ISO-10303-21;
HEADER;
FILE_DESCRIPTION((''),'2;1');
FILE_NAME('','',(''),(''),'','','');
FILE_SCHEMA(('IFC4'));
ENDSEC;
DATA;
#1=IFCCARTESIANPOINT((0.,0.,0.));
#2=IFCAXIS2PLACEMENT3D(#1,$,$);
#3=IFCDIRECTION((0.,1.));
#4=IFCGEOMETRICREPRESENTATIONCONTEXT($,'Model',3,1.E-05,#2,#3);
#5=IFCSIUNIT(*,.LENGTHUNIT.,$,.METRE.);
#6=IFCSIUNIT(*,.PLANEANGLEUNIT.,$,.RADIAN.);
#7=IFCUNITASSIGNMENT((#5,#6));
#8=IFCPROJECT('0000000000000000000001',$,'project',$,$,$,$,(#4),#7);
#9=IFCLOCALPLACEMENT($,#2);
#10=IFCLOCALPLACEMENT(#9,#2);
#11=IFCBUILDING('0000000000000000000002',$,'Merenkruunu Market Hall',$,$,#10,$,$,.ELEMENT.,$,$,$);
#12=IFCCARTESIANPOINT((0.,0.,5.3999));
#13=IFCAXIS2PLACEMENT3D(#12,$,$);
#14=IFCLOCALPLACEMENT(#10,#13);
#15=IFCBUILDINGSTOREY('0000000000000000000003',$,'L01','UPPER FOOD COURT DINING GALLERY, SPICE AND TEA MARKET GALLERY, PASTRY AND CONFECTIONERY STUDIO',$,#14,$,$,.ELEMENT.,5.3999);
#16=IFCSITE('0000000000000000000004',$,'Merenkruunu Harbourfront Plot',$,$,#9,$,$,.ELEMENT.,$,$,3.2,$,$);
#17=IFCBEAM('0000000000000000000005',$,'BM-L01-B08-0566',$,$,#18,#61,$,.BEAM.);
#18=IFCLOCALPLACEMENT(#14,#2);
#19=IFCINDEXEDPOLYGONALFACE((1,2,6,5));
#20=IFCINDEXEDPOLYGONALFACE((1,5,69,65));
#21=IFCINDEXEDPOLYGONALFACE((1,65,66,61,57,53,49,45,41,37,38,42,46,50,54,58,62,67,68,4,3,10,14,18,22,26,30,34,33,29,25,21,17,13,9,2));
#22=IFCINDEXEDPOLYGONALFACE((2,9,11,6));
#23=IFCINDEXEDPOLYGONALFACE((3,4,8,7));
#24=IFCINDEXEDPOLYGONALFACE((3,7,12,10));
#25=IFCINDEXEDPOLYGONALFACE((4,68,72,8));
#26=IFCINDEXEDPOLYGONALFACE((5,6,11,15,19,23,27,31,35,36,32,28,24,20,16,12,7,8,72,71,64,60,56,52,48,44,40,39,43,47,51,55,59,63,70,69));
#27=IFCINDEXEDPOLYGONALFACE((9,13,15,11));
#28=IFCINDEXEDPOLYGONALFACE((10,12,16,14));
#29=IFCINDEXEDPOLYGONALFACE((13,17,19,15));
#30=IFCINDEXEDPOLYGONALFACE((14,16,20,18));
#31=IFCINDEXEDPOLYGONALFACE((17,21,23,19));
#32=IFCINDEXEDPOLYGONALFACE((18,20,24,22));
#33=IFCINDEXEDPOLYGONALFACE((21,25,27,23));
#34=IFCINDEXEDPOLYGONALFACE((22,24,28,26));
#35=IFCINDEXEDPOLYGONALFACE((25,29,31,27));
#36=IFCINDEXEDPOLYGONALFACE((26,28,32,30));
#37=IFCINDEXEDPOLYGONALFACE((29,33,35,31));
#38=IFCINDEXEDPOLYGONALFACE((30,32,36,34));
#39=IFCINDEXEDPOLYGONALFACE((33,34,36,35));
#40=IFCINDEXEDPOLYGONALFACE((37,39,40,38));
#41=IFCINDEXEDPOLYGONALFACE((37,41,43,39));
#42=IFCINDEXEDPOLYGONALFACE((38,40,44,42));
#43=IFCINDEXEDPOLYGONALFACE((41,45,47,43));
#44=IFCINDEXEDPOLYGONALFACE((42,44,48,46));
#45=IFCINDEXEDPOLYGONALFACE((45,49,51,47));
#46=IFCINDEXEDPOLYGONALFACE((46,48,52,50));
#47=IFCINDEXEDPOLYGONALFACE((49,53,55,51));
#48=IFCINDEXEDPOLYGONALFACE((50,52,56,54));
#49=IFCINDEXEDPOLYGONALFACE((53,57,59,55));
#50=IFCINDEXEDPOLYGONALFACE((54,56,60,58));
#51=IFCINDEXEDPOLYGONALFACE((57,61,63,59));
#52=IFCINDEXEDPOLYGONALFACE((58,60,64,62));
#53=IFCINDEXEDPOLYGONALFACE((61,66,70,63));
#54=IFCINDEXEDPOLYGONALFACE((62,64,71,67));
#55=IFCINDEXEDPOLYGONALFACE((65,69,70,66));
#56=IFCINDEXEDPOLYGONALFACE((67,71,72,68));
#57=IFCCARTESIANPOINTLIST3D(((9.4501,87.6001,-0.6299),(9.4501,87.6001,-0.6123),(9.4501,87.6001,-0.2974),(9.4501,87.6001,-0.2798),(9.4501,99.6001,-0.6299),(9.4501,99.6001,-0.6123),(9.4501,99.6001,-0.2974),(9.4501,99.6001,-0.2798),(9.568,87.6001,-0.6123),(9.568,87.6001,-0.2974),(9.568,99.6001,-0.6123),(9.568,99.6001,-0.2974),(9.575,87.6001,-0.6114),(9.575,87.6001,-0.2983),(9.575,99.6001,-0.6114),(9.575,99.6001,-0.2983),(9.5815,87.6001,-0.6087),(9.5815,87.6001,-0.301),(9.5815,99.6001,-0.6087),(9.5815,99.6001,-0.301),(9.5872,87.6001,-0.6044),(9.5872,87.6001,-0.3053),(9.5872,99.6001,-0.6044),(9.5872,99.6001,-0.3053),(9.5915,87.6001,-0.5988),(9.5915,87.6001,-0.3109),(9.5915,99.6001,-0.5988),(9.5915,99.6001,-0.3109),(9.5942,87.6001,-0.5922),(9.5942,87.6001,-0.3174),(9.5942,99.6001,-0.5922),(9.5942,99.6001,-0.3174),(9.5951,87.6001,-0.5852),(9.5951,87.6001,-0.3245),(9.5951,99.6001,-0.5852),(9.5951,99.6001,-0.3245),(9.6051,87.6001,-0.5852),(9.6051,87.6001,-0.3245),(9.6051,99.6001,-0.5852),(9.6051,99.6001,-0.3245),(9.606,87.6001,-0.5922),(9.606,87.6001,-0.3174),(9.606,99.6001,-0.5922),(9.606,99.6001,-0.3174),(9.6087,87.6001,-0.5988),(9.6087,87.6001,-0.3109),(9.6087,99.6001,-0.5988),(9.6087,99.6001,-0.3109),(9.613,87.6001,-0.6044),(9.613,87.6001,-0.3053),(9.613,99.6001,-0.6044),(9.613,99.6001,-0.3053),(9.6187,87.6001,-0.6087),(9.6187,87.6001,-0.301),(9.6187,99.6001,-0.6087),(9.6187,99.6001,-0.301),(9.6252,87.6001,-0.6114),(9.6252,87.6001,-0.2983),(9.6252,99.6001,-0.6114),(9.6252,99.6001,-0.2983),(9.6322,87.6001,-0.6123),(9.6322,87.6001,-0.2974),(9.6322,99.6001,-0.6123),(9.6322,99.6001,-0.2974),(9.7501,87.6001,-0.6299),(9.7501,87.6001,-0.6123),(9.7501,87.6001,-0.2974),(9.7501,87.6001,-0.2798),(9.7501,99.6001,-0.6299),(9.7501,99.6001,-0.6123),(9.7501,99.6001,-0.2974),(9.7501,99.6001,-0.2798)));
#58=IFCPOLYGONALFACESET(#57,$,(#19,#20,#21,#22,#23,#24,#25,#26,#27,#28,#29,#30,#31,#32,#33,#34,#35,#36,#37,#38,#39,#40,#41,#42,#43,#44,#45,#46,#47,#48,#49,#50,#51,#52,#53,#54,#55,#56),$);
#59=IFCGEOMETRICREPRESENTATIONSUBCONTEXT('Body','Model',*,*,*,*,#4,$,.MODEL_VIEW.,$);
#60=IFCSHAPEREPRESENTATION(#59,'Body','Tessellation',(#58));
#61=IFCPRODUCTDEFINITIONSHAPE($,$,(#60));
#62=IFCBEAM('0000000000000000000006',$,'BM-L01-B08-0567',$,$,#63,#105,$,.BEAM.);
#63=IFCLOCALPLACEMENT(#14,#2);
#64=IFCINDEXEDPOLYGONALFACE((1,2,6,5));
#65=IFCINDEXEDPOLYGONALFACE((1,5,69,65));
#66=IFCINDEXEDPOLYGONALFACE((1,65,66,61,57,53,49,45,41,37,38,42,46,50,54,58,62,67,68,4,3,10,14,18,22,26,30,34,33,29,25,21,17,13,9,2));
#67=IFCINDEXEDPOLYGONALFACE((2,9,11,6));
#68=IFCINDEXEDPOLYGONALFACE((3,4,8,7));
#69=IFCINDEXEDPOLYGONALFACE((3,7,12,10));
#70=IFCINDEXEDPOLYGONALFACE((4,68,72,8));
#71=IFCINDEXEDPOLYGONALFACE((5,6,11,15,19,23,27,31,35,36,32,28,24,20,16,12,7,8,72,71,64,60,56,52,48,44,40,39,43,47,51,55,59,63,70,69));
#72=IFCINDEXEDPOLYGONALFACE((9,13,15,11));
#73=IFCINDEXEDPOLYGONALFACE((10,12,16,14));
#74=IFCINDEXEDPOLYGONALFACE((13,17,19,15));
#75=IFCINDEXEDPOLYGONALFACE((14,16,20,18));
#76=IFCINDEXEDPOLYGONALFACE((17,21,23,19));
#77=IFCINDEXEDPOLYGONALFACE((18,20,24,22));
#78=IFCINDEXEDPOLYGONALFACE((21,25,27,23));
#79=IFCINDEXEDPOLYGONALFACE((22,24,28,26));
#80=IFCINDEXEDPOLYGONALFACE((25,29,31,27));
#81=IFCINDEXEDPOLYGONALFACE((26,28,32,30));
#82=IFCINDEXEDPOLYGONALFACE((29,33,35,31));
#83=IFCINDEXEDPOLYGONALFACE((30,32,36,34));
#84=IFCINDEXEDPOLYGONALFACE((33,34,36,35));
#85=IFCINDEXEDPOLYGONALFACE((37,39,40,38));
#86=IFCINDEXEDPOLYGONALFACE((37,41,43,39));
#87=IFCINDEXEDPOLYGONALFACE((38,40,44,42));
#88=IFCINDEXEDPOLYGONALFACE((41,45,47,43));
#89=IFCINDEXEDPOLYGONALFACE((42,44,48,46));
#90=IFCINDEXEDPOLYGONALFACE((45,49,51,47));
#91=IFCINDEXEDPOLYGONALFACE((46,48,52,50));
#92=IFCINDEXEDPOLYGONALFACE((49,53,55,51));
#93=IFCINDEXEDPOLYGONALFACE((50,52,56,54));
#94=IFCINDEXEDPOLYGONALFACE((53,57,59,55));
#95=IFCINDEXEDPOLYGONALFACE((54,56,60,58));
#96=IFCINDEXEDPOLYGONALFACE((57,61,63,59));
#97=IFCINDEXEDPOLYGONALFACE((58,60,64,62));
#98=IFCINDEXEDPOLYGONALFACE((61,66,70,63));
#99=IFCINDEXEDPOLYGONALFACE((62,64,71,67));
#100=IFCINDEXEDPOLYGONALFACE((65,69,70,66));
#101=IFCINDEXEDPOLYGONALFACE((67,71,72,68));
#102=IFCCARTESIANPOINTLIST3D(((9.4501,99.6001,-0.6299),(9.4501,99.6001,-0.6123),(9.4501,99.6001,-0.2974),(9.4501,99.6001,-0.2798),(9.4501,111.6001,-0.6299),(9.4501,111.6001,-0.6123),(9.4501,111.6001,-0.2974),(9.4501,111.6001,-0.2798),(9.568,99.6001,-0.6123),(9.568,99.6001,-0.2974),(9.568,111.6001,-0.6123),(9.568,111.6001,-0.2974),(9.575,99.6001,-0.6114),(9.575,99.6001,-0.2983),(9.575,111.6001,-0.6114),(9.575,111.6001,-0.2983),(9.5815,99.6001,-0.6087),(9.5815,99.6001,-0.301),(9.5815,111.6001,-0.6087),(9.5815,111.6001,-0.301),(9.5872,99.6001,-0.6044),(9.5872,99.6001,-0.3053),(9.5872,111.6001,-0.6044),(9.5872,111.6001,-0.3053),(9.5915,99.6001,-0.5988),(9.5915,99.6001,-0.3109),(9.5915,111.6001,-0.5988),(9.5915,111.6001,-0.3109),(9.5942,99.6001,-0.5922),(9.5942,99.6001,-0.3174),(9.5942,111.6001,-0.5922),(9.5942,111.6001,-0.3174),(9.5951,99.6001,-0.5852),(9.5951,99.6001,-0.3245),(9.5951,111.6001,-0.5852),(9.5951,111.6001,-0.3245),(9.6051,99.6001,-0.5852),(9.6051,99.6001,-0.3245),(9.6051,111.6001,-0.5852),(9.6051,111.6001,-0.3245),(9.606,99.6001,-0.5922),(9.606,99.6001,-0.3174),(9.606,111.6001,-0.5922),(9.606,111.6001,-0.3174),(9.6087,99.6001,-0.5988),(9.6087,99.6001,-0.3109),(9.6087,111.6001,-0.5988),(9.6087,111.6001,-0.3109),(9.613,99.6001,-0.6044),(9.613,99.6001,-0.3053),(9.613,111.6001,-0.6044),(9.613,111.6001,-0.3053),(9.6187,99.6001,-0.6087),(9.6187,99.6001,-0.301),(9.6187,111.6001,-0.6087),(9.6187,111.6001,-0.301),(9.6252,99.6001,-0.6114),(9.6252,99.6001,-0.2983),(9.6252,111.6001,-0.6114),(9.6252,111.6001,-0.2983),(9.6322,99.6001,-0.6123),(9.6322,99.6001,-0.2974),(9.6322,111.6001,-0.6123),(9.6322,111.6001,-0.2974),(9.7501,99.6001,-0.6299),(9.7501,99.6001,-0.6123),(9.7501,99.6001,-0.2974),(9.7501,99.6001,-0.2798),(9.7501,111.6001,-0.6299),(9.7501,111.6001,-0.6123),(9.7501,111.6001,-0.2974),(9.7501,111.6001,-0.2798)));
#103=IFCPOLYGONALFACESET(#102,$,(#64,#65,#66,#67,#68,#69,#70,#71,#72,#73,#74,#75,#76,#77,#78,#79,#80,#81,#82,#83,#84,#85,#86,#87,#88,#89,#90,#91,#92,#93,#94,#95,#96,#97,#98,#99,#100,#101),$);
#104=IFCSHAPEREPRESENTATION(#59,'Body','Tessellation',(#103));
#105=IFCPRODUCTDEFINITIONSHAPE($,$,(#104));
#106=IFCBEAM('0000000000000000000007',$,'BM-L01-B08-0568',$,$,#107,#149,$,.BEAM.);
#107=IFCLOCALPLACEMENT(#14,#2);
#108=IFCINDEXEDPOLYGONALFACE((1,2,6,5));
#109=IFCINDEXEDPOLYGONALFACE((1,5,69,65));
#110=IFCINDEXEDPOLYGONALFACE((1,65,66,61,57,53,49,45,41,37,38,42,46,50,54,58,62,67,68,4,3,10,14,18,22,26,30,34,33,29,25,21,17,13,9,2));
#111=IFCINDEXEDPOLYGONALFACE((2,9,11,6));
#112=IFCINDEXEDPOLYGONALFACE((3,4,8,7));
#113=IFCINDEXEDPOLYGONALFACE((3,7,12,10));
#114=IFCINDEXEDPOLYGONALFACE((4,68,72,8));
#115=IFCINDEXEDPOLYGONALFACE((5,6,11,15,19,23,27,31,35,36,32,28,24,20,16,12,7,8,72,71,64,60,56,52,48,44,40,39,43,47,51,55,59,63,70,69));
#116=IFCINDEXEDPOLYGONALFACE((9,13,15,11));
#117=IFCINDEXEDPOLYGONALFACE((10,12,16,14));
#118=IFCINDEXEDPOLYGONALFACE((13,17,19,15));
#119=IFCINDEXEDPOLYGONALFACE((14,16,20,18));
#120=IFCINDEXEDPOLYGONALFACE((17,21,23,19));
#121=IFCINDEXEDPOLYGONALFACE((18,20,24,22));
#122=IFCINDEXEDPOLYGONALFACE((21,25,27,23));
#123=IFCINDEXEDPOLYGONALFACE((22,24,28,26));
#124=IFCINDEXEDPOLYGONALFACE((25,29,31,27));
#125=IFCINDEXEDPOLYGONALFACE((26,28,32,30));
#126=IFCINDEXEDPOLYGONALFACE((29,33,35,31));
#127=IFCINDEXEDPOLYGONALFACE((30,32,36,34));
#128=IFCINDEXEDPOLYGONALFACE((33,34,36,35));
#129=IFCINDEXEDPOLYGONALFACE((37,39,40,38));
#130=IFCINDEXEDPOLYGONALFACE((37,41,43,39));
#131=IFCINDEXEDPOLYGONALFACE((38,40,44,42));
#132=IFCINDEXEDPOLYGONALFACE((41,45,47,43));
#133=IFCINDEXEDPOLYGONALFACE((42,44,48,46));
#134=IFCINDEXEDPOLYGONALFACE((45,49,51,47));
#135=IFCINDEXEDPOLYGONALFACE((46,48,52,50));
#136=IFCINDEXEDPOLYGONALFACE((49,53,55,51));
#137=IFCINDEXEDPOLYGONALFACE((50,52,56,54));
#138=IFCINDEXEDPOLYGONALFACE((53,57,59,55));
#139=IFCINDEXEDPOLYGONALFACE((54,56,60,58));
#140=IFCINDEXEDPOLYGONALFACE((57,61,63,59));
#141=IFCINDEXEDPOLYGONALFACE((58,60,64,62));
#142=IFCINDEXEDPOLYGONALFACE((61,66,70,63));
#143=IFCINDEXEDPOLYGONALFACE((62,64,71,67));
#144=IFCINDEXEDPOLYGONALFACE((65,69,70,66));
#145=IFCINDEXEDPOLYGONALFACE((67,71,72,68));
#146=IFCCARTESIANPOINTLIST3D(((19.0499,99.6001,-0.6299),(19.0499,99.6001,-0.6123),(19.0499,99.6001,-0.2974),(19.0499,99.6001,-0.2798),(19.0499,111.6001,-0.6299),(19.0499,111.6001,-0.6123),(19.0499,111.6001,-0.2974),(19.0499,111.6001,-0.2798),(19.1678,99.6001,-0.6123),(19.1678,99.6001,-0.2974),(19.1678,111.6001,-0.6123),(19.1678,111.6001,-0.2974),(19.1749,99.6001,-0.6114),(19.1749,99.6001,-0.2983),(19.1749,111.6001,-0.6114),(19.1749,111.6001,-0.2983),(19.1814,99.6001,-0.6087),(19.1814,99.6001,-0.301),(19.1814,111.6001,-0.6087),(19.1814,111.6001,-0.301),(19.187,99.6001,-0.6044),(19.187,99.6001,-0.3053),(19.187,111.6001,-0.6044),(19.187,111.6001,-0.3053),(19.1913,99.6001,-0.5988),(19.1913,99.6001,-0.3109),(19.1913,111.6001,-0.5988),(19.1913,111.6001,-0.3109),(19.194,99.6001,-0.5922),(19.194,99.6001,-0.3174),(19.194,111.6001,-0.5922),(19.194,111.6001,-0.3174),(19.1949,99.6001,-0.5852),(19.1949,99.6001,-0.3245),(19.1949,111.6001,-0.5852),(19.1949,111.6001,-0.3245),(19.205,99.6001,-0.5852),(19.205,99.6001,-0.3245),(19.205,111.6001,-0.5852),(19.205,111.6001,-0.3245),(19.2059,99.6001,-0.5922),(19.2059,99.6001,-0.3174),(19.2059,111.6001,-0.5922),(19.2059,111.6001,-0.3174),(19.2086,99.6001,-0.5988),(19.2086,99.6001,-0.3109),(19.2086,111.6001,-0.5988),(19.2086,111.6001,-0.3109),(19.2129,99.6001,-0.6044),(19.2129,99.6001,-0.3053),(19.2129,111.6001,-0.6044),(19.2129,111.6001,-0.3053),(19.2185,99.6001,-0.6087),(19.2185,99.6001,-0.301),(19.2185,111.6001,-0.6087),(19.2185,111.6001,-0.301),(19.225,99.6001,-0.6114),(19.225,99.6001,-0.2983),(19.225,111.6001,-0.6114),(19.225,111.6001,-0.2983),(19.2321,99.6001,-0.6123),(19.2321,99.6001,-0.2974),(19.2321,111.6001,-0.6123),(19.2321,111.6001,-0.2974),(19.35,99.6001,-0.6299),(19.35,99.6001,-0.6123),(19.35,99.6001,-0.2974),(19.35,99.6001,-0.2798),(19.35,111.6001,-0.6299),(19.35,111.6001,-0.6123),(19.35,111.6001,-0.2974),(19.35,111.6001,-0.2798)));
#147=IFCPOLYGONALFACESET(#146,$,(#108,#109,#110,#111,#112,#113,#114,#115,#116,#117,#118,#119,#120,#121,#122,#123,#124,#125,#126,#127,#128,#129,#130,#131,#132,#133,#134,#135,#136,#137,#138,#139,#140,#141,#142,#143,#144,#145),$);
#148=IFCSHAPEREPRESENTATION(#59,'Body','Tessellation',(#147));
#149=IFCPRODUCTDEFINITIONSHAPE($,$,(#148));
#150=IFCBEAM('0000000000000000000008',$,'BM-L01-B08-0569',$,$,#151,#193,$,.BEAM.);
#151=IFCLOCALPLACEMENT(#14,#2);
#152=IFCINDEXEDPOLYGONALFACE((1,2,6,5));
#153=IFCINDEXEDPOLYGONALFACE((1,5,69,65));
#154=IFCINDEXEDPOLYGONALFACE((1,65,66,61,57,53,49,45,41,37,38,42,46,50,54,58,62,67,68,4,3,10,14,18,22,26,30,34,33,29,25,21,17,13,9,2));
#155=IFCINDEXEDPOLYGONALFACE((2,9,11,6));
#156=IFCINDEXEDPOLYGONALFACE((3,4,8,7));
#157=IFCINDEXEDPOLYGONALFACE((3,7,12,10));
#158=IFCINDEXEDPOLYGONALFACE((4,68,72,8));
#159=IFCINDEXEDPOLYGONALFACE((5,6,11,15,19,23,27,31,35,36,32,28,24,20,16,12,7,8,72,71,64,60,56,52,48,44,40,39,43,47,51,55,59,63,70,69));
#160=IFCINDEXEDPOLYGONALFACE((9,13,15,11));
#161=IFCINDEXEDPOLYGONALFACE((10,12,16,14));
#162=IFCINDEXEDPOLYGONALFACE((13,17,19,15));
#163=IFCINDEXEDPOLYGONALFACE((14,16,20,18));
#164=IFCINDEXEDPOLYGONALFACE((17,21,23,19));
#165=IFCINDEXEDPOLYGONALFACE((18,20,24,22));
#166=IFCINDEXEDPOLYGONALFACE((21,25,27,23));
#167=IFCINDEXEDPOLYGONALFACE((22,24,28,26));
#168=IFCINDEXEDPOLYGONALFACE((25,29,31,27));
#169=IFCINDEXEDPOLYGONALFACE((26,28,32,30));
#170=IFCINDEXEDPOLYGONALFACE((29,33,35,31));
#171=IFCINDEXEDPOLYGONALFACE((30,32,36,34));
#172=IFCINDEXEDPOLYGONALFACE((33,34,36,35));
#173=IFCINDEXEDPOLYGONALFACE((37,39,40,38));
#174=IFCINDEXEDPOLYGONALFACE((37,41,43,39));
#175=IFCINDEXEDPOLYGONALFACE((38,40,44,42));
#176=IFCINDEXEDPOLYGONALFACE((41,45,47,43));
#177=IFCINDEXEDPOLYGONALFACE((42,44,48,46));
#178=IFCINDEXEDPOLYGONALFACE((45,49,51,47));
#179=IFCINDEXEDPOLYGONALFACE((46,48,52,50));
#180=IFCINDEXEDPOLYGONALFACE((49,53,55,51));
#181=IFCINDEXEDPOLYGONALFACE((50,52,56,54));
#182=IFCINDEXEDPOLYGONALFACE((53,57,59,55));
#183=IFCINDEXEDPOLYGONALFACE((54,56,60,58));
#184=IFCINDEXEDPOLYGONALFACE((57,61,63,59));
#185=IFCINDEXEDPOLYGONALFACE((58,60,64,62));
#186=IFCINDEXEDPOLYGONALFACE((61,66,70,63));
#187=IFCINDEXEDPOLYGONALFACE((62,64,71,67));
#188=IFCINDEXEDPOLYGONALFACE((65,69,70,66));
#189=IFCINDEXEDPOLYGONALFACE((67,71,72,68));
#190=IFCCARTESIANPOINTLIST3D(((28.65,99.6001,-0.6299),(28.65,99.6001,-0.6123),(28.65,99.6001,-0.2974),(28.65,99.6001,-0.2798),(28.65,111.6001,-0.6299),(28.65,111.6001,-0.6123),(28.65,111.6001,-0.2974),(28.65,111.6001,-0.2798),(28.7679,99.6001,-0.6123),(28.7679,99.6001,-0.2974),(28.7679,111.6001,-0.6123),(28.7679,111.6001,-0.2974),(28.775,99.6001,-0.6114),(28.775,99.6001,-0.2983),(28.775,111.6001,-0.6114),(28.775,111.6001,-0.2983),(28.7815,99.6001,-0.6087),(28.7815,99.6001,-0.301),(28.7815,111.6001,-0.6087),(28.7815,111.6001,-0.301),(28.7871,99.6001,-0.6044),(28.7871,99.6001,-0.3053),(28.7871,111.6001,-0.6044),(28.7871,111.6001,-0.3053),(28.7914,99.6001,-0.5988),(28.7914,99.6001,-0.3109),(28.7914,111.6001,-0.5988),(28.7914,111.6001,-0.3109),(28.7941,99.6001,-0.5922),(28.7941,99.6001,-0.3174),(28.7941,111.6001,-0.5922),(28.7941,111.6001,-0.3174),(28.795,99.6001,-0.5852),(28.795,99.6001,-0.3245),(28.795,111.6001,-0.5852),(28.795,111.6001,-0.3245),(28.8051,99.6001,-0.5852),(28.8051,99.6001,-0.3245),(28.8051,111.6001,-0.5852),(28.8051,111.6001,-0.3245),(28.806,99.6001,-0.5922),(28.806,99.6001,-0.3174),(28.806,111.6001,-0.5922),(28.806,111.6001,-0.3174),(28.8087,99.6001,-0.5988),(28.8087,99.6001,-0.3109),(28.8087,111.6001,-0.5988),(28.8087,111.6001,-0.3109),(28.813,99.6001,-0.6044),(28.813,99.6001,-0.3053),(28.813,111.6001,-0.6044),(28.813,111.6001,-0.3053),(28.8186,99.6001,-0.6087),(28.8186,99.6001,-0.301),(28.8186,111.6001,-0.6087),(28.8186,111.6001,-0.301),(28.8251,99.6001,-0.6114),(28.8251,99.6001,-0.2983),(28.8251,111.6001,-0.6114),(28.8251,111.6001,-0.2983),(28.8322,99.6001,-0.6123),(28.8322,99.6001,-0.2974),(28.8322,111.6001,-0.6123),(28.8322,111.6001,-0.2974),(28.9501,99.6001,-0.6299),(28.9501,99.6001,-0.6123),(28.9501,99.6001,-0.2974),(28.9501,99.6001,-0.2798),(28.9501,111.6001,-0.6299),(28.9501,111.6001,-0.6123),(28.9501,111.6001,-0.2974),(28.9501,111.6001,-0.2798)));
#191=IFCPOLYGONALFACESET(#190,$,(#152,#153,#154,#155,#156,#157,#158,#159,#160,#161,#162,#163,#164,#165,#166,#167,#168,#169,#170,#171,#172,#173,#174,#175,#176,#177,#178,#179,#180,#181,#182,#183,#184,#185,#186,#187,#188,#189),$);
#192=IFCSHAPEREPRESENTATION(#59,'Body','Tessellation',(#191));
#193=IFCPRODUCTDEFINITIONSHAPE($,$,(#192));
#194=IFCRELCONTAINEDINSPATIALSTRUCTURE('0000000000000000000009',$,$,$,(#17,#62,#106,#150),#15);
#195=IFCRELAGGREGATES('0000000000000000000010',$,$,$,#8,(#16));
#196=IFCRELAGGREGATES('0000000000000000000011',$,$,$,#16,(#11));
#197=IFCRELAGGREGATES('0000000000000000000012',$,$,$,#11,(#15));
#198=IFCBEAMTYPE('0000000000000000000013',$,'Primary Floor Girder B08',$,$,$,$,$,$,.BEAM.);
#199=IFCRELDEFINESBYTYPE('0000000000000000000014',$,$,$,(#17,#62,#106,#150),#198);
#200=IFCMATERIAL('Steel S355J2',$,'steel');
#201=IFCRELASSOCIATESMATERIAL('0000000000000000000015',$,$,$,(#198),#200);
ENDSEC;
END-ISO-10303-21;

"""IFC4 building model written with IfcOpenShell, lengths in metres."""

from ifc_helpers import new_model, si_unit, direction, frame, origin, origin_2d, place, context, subcontext, project, spatial, i_section, extrude, material, material_profile, profile_set, type_object, element, save


model = new_model("IFC4")

# Units and contexts
model_context = context("Model", 3, precision=1e-05, world=origin(), true_north=direction((0.0, 1.0)))
body_context = subcontext(model_context, "Body", "Model", "MODEL_VIEW")
ifc_project = project(units=[si_unit("LENGTHUNIT", "METRE"), si_unit("PLANEANGLEUNIT", "RADIAN")], contexts=[model_context])

# Site, building, storey
site_placement = place(None, origin())
site = spatial("IfcSite", under=ifc_project, at=site_placement, Name="Merenkruunu Harbourfront Plot", CompositionType="ELEMENT", RefElevation=3.2)
building_placement = place(site_placement, origin())
building = spatial("IfcBuilding", under=site, at=building_placement, Name="Merenkruunu Market Hall", CompositionType="ELEMENT")
storey_placement = place(building_placement, frame((0.0, 0.0, 5.3999)))
storey = spatial("IfcBuildingStorey", under=building, at=storey_placement, Name="L01", Description="UPPER FOOD COURT DINING GALLERY, SPICE AND TEA MARKET GALLERY, PASTRY AND CONFECTIONERY STUDIO", CompositionType="ELEMENT", Elevation=5.3999)

# Shared definitions
ifc_material_1 = material(Name="Steel S355J2", Category="steel")

# Beams
ifc_material_profile_1 = material_profile(ifc_material_1, i_section(OverallWidth=0.3, OverallDepth=0.3501, WebThickness=0.01, FlangeThickness=0.0176, FilletRadius=0.0271, at=origin_2d()), Name="HEA 360")
ifc_profile_set_1 = profile_set([ifc_material_profile_1], Name="Steel S355J2")
beam_type_1 = type_object("IfcBeamType", Name="Primary Floor Girder B08", PredefinedType="BEAM", material=ifc_profile_set_1)
for number, where, z_axis, x_axis, name in (
    (1, (9.6001, 87.6001, -0.4548), (0.0, 1.0, 0.0), (-1.0, 0.0, 0.0), "BM-L01-B08-0566"),
    (2, (9.6001, 99.6001, -0.4548), (0.0, 1.0, 0.0), (-1.0, 0.0, 0.0), "BM-L01-B08-0567"),
    (3, (19.2, 99.6001, -0.4548), (0.0, 1.0, 0.0), (-1.0, 0.0, 0.0), "BM-L01-B08-0568"),
    (4, (28.8, 99.6001, -0.4548), (0.0, 1.0, 0.0), (-1.0, 0.0, 0.0), "BM-L01-B08-0569"),
):
    element("IfcBeam", number, at=place(storey_placement, frame(where, z_axis=z_axis, x_axis=x_axis)), inside=storey, type_object=beam_type_1, Name=name, PredefinedType="BEAM", context=body_context, shape_type="SweptSolid", body=[
        extrude(i_section(OverallWidth=0.3, OverallDepth=0.3501, WebThickness=0.01, FlangeThickness=0.0176, FilletRadius=0.0271, at=origin_2d()), origin(), (0.0, 0.0, 1.0), 12.0),
    ])

save(model, "model.ifc")
